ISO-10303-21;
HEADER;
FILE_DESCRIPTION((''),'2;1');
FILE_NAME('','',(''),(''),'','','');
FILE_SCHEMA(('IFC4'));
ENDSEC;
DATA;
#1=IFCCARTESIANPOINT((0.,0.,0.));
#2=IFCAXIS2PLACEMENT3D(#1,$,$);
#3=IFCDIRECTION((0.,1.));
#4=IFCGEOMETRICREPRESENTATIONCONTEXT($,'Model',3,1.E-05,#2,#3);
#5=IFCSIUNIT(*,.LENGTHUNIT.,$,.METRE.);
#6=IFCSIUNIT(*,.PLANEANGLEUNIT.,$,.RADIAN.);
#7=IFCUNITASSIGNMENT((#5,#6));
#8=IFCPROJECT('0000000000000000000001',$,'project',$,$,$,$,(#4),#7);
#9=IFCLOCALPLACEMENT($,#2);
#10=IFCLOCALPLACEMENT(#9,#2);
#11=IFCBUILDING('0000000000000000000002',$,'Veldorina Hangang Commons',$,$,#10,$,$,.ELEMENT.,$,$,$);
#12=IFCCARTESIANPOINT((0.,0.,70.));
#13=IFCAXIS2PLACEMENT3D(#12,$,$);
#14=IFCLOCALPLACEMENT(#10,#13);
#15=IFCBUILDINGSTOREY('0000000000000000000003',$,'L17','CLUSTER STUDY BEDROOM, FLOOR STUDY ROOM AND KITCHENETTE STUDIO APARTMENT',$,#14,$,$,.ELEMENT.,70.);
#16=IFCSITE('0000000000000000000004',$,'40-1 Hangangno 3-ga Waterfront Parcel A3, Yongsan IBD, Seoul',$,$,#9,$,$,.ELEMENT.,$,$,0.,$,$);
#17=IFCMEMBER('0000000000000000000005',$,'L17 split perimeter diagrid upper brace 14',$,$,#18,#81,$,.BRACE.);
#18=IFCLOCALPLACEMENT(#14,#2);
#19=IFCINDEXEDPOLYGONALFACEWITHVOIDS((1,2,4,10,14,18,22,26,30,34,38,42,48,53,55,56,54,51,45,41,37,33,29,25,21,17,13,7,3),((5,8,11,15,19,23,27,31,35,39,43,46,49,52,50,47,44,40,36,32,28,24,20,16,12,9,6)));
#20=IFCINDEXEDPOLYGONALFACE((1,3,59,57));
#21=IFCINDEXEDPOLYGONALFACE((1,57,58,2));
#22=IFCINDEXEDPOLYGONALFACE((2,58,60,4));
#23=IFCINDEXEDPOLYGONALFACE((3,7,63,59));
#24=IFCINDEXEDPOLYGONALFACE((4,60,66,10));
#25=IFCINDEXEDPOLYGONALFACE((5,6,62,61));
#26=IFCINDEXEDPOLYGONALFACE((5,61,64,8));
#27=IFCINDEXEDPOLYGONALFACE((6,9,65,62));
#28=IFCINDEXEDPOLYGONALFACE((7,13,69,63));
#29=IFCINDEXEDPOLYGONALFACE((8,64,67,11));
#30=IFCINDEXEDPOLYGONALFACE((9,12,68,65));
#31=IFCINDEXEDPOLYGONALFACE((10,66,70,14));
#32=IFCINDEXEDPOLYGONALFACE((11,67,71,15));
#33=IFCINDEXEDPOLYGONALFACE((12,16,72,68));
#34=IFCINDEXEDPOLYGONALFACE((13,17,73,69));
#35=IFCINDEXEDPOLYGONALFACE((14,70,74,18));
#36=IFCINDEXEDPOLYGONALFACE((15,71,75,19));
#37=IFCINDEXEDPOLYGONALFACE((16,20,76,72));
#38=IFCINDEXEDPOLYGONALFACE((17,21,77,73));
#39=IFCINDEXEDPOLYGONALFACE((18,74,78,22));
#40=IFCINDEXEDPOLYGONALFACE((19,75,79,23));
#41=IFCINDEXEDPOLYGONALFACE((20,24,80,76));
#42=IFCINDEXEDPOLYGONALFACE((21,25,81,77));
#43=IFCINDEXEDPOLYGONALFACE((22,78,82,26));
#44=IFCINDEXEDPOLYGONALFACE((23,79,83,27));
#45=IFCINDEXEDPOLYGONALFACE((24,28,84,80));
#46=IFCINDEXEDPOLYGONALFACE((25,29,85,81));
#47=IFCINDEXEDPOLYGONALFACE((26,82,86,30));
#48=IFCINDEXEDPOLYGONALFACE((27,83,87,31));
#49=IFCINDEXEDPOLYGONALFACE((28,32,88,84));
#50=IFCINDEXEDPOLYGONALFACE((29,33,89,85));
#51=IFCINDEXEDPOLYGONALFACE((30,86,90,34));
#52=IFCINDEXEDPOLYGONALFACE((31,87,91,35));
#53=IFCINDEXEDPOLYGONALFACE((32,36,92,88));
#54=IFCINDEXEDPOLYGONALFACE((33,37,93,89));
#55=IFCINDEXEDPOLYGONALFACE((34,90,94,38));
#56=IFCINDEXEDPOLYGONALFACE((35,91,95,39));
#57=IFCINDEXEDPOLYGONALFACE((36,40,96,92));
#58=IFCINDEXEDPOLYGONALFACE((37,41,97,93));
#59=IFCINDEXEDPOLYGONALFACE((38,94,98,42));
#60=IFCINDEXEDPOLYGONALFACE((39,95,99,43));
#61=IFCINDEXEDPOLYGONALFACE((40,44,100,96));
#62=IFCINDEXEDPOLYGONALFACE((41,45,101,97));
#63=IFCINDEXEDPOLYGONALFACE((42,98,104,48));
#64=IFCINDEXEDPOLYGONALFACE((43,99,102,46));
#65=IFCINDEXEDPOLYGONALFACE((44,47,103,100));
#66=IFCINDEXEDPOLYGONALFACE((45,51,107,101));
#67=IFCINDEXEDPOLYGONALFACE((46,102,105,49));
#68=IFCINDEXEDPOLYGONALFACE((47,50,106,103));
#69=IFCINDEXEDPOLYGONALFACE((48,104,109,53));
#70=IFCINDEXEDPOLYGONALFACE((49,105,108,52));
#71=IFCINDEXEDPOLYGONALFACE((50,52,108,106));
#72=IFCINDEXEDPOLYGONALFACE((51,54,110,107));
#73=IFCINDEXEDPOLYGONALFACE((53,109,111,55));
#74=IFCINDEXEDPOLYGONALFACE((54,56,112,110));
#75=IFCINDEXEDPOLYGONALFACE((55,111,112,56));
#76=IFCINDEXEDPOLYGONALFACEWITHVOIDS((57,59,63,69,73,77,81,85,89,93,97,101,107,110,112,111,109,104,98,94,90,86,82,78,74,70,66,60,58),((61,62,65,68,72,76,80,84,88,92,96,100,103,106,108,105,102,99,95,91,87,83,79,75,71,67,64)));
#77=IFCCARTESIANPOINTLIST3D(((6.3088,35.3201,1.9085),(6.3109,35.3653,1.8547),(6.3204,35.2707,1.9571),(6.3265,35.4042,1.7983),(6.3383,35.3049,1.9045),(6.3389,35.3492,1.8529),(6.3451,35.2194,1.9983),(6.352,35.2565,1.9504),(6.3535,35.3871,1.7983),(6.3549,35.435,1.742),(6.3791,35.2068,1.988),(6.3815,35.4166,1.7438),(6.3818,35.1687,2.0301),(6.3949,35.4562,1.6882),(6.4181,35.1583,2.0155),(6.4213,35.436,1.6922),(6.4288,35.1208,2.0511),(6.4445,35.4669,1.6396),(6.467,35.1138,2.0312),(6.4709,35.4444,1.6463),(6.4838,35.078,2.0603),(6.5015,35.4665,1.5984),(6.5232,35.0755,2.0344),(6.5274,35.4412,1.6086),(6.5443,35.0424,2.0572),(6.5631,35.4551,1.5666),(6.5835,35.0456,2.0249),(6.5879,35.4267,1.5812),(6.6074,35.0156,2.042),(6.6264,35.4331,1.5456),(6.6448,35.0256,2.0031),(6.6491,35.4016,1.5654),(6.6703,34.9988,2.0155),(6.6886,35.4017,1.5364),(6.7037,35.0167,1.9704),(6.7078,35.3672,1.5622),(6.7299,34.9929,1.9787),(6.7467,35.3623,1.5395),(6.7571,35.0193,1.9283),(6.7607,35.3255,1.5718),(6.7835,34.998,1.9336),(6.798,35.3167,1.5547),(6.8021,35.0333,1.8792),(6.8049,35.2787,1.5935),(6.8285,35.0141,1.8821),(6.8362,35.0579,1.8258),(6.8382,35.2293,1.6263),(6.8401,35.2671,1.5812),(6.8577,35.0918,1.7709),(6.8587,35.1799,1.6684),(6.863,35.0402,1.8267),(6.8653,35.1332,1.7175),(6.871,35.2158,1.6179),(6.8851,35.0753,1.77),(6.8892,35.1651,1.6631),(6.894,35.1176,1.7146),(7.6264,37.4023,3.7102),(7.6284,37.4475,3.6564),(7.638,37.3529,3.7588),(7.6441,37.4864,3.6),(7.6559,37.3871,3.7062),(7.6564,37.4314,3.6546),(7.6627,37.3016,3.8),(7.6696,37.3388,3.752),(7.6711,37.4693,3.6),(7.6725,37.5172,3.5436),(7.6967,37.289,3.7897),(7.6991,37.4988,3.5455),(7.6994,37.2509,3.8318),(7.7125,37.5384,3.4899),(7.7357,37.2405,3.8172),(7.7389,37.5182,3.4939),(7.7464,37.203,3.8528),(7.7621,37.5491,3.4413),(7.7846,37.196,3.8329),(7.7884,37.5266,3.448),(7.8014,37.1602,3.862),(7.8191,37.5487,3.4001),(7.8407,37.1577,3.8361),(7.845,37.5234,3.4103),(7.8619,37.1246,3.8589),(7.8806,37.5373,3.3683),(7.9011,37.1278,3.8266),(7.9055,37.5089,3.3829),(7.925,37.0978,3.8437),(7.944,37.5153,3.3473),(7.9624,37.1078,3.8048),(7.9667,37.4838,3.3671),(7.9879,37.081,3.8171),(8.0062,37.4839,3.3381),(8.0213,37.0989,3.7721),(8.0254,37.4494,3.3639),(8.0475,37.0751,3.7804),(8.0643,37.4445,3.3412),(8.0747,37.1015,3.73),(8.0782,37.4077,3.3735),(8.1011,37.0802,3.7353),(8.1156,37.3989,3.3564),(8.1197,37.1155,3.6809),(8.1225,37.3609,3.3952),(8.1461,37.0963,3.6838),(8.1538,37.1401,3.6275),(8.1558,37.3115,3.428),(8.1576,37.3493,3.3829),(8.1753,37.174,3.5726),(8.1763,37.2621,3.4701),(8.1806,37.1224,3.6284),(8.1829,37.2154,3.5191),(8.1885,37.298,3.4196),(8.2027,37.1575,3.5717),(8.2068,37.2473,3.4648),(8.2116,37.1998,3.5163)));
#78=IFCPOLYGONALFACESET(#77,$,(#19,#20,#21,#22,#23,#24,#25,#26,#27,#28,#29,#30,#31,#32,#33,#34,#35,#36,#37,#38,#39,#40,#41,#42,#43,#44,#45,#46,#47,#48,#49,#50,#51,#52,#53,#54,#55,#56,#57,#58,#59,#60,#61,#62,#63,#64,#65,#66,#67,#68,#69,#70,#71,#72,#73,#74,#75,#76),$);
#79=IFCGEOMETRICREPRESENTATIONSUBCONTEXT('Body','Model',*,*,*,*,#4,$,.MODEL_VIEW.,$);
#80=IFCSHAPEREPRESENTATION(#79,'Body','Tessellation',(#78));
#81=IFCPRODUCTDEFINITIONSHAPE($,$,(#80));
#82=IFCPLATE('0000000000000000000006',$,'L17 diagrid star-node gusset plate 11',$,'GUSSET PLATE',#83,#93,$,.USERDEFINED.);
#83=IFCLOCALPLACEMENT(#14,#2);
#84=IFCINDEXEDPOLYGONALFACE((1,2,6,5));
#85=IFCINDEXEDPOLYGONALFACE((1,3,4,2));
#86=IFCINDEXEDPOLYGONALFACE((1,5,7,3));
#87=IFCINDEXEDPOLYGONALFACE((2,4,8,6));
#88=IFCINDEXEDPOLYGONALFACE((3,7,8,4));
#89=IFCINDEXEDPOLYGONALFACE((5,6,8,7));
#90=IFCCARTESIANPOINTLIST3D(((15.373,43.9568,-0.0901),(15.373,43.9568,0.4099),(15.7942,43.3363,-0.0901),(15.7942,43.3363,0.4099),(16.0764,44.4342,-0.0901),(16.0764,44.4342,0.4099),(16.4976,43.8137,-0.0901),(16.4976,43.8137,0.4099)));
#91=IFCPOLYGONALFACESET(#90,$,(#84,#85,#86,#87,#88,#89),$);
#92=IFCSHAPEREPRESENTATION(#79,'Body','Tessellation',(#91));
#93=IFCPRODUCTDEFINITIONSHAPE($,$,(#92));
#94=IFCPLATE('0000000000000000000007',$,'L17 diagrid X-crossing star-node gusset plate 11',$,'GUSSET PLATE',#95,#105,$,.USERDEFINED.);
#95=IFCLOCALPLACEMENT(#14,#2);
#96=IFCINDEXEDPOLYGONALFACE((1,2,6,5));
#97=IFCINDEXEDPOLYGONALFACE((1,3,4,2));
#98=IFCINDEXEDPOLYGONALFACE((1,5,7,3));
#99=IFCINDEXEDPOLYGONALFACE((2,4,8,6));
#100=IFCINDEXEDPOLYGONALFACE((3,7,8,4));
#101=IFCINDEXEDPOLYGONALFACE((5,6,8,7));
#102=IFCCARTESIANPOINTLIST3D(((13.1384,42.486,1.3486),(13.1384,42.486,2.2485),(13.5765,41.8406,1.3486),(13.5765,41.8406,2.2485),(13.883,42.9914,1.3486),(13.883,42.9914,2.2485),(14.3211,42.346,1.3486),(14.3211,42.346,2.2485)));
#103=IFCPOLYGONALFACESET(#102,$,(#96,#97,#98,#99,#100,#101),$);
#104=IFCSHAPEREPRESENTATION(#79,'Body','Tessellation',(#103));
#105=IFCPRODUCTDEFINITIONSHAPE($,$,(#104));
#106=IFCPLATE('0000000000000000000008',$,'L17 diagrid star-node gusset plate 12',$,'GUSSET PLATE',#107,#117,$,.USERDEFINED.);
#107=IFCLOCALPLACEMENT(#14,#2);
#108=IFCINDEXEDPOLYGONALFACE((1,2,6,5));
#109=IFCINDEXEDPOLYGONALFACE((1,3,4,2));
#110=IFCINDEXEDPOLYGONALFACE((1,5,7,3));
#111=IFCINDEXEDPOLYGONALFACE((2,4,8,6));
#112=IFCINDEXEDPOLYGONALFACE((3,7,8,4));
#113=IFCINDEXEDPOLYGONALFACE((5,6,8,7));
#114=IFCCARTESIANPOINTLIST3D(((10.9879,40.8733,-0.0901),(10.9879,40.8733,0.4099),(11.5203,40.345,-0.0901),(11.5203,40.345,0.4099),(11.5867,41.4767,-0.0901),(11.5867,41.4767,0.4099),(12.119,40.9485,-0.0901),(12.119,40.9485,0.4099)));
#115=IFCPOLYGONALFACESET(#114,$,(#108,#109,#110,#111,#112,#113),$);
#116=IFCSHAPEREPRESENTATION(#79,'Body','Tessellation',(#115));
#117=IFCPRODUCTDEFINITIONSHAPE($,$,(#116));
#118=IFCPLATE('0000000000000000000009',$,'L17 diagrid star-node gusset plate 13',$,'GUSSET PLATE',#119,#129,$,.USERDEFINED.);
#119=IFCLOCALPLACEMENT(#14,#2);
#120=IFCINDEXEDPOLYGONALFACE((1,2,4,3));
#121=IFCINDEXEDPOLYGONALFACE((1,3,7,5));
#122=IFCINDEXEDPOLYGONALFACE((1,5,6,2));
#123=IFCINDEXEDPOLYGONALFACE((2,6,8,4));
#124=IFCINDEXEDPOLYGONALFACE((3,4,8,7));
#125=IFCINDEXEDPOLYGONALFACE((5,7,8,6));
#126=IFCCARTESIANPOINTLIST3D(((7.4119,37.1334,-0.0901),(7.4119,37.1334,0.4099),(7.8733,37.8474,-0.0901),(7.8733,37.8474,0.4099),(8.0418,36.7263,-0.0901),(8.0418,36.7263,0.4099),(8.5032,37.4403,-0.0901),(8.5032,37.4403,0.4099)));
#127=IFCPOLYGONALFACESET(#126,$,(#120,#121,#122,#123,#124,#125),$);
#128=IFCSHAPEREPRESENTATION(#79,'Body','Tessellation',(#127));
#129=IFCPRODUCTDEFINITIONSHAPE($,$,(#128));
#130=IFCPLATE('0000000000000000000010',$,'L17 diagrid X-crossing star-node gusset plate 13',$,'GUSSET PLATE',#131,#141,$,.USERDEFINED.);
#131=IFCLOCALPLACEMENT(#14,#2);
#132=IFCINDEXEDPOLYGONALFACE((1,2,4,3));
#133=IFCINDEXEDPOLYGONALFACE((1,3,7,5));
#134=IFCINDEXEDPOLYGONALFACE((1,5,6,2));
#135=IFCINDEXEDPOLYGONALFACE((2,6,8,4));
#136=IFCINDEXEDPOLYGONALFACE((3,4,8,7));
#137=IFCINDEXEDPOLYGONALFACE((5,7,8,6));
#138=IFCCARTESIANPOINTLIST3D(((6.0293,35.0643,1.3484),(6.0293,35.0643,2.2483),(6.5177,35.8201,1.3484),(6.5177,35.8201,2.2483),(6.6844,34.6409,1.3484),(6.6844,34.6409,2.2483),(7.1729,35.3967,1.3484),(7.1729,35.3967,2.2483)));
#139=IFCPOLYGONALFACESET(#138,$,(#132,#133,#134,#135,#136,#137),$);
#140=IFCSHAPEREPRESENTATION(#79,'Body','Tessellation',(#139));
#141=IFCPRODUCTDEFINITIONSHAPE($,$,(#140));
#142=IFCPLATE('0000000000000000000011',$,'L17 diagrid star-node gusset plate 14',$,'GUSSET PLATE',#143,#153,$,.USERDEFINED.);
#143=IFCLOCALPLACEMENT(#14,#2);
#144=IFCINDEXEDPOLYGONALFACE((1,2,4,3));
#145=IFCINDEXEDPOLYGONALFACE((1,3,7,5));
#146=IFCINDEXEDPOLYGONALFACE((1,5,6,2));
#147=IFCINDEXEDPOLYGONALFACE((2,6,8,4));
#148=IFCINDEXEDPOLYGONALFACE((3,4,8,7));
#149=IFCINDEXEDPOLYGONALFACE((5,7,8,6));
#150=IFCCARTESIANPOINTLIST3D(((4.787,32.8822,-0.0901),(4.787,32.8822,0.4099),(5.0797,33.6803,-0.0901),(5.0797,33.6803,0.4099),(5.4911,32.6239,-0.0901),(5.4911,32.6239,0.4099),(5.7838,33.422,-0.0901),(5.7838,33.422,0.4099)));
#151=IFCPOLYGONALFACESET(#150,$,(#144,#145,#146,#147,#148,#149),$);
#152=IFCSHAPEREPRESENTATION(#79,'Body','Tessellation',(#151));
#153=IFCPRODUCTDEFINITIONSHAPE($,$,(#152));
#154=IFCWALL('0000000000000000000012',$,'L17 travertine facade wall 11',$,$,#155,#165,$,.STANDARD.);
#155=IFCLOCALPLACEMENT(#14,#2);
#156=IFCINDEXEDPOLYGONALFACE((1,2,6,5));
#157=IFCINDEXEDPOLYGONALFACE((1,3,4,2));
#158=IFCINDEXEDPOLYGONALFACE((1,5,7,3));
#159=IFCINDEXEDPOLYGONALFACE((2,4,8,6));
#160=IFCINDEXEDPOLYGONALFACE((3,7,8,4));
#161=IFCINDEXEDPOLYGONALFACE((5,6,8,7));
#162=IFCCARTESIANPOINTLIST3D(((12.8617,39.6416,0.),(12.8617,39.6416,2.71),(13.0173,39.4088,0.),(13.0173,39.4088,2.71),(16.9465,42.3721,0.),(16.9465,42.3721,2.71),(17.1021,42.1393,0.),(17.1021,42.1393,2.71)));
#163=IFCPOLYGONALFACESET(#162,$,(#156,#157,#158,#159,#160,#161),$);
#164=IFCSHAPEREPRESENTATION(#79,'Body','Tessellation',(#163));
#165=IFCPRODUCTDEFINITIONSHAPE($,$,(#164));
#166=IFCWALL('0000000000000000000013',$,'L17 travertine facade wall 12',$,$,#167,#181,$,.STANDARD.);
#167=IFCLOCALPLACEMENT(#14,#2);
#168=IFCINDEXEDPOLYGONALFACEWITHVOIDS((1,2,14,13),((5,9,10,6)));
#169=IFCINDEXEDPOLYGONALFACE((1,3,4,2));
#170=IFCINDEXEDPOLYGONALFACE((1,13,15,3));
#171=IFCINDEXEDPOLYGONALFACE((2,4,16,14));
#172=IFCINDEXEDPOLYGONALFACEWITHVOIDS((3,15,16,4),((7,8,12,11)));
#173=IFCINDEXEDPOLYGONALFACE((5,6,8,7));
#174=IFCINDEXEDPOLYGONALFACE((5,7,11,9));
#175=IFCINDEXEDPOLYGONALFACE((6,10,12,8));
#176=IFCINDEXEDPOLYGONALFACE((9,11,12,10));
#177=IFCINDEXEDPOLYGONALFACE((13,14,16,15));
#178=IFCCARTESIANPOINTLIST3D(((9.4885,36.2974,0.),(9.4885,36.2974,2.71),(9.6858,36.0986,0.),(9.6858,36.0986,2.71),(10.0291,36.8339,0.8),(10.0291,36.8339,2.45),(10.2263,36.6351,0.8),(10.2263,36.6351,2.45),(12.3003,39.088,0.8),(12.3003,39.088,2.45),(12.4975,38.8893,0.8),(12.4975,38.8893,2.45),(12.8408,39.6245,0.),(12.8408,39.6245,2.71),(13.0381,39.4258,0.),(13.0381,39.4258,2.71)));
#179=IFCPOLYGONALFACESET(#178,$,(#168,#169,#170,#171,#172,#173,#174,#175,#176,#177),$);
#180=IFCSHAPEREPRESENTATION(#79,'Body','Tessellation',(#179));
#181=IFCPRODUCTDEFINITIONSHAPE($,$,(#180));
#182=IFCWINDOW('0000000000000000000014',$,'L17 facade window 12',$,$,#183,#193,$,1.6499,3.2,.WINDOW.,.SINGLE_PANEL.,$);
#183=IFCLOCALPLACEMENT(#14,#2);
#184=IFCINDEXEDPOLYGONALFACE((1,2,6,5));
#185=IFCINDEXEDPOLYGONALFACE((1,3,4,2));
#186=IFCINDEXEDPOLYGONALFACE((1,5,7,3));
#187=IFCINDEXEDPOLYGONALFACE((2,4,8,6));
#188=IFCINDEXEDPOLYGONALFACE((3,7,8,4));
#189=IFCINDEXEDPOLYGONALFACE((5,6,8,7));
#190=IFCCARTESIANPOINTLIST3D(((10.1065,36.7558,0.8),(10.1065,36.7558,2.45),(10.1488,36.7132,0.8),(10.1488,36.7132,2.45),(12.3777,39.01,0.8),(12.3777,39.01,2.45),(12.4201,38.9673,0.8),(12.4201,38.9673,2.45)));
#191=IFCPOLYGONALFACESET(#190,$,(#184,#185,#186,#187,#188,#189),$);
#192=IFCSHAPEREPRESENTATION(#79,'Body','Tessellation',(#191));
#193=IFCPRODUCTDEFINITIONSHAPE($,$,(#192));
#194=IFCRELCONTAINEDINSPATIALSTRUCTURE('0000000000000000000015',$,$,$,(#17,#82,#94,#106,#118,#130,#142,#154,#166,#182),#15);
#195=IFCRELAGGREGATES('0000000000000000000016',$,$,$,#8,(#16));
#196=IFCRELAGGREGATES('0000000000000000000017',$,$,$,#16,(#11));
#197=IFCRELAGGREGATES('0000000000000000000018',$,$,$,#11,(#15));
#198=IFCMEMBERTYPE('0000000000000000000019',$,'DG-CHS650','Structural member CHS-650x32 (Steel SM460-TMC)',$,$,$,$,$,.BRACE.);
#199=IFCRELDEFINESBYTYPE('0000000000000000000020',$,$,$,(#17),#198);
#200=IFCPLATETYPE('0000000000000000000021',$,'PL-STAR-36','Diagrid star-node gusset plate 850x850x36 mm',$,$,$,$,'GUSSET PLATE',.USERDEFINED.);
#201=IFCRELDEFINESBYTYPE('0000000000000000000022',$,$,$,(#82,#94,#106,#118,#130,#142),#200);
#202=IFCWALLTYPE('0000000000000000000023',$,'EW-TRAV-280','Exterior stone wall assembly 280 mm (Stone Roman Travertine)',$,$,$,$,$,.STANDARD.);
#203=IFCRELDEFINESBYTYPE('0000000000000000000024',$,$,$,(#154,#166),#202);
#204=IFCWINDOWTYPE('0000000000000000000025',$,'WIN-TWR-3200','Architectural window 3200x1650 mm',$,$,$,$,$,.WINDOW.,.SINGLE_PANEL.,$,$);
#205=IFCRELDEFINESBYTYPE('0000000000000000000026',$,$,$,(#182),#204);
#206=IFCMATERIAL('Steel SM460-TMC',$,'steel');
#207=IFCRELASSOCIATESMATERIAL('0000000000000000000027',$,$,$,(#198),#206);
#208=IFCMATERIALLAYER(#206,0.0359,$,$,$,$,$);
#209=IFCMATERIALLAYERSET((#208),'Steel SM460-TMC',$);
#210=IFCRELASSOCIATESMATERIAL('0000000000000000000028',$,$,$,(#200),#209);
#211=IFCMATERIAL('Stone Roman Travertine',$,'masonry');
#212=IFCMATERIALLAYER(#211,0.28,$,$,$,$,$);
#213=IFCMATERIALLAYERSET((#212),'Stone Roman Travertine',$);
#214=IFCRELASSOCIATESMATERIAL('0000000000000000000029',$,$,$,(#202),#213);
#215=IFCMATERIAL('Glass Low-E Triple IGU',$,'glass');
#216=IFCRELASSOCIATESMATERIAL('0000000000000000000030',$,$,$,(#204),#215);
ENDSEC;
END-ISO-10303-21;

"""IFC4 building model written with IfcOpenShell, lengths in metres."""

from ifc_helpers import new_model, si_unit, direction, frame, frame_2d, origin, origin_2d, place, context, subcontext, project, spatial, rectangle, hollow_circle, extrude, material, layer, layer_set, material_profile, profile_set, type_object, element, fill, save


model = new_model("IFC4")

# Units and contexts
model_context = context("Model", 3, precision=1e-05, world=origin(), true_north=direction((0.0, 1.0)))
body_context = subcontext(model_context, "Body", "Model", "MODEL_VIEW")
ifc_project = project(units=[si_unit("LENGTHUNIT", "METRE"), si_unit("PLANEANGLEUNIT", "RADIAN")], contexts=[model_context])

# Site, building, storey
site_placement = place(None, origin())
site = spatial("IfcSite", under=ifc_project, at=site_placement, Name="40-1 Hangangno 3-ga Waterfront Parcel A3, Yongsan IBD, Seoul", CompositionType="ELEMENT", RefElevation=0.0)
building_placement = place(site_placement, origin())
building = spatial("IfcBuilding", under=site, at=building_placement, Name="Veldorina Hangang Commons", CompositionType="ELEMENT")
storey_placement = place(building_placement, frame((0.0, 0.0, 70.0)))
storey = spatial("IfcBuildingStorey", under=building, at=storey_placement, Name="L17", Description="CLUSTER STUDY BEDROOM, FLOOR STUDY ROOM AND KITCHENETTE STUDIO APARTMENT", CompositionType="ELEMENT", Elevation=70.0)

# Member
ifc_material_1 = material(Name="Steel SM460-TMC", Category="steel")
ifc_material_profile_1 = material_profile(ifc_material_1, hollow_circle(Radius=0.325, WallThickness=0.032, at=origin_2d()), Name="CHS-650x32")
ifc_profile_set_1 = profile_set([ifc_material_profile_1], Name="Steel SM460-TMC")
member_type = type_object("IfcMemberType", Name="DG-CHS650", Description="Structural member CHS-650x32 (Steel SM460-TMC)", PredefinedType="BRACE", material=ifc_profile_set_1)
member_1_placement = place(storey_placement, frame((6.6011, 35.2305, 1.7983), z_axis=(0.431641, 0.682133, 0.590238), x_axis=(-0.84503, 0.53472, 0.0)))
element("IfcMember", 1, at=member_1_placement, inside=storey, type_object=member_type, Name="L17 split perimeter diagrid upper brace 14", PredefinedType="BRACE", context=body_context, shape_type="SweptSolid", body=[
    extrude(hollow_circle(Radius=0.325, WallThickness=0.032, at=origin_2d()), origin(), (0.0, 0.0, 1.0), 3.0525),
])

# Plates
ifc_layer_1 = layer(ifc_material_1, 0.0359)
ifc_layer_set_1 = layer_set([ifc_layer_1], Name="Steel SM460-TMC")
plate_type = type_object("IfcPlateType", Name="PL-STAR-36", Description="Diagrid star-node gusset plate 850x850x36 mm", ElementType="GUSSET PLATE", PredefinedType="USERDEFINED", material=ifc_layer_set_1)
plate_1_placement = place(storey_placement, frame((15.9353, 43.8853, -0.0901), z_axis=(0.0, 0.0, 1.0), x_axis=(-0.827394, -0.561621, 0.0)))
element("IfcPlate", 2, at=plate_1_placement, inside=storey, type_object=plate_type, Name="L17 diagrid star-node gusset plate 11", ObjectType="GUSSET PLATE", PredefinedType="USERDEFINED", context=body_context, shape_type="SweptSolid", body=[
    extrude(rectangle(XDim=0.8501, YDim=0.75, at=origin_2d()), origin(), (0.0, 0.0, 1.0), 0.5),
])
plate_2_placement = place(storey_placement, frame((13.7297, 42.416, 1.3486), z_axis=(0.0, 0.0, 1.0), x_axis=(-0.827394, -0.561621, 0.0)))
element("IfcPlate", 3, at=plate_2_placement, inside=storey, type_object=plate_type, Name="L17 diagrid X-crossing star-node gusset plate 11", ObjectType="GUSSET PLATE", PredefinedType="USERDEFINED", context=body_context, shape_type="SweptSolid", body=[
    extrude(rectangle(XDim=0.8999, YDim=0.78, at=origin_2d()), origin(), (0.0, 0.0, 1.0), 0.8999),
])
for number, where, z_axis, x_axis, name in (
    (4, (11.5535, 40.9109, -0.0901), (0.0, 0.0, 1.0), (-0.704349, -0.709854, 0.0), "L17 diagrid star-node gusset plate 12"),
    (5, (7.9575, 37.2869, -0.0901), (0.0, 0.0, 1.0), (-0.542779, -0.839876, 0.0), "L17 diagrid star-node gusset plate 13"),
):
    element("IfcPlate", number, at=place(storey_placement, frame(where, z_axis=z_axis, x_axis=x_axis)), inside=storey, type_object=plate_type, Name=name, ObjectType="GUSSET PLATE", PredefinedType="USERDEFINED", context=body_context, shape_type="SweptSolid", body=[
        extrude(rectangle(XDim=0.8501, YDim=0.75, at=origin_2d()), origin(), (0.0, 0.0, 1.0), 0.5),
    ])
plate_3_placement = place(storey_placement, frame((6.6011, 35.2305, 1.3484), z_axis=(0.0, 0.0, 1.0), x_axis=(-0.542779, -0.839876, 0.0)))
element("IfcPlate", 6, at=plate_3_placement, inside=storey, type_object=plate_type, Name="L17 diagrid X-crossing star-node gusset plate 13", ObjectType="GUSSET PLATE", PredefinedType="USERDEFINED", context=body_context, shape_type="SweptSolid", body=[
    extrude(rectangle(XDim=0.8999, YDim=0.78, at=origin_2d()), origin(), (0.0, 0.0, 1.0), 0.8999),
])
plate_4_placement = place(storey_placement, frame((5.2854, 33.1521, -0.0901), z_axis=(0.0, 0.0, 1.0), x_axis=(-0.344332, -0.938848, 0.0)))
element("IfcPlate", 7, at=plate_4_placement, inside=storey, type_object=plate_type, Name="L17 diagrid star-node gusset plate 14", ObjectType="GUSSET PLATE", PredefinedType="USERDEFINED", context=body_context, shape_type="SweptSolid", body=[
    extrude(rectangle(XDim=0.8501, YDim=0.75, at=origin_2d()), origin(), (0.0, 0.0, 1.0), 0.5),
])

# Wall
ifc_material_2 = material(Name="Stone Roman Travertine", Category="masonry")
ifc_layer_2 = layer(ifc_material_2, 0.28)
ifc_layer_set_2 = layer_set([ifc_layer_2], Name="Stone Roman Travertine")
wall_type_1 = type_object("IfcWallType", Name="EW-TRAV-280", Description="Exterior stone wall assembly 280 mm (Stone Roman Travertine)", PredefinedType="STANDARD", material=ifc_layer_set_2)
wall_1_placement = place(storey_placement, frame((17.0242, 42.2556, 0.0), z_axis=(0.0, 0.0, 1.0), x_axis=(-0.831362, -0.555732, 0.0)))
element("IfcWall", 8, at=wall_1_placement, inside=storey, type_object=wall_type_1, Name="L17 travertine facade wall 11", PredefinedType="STANDARD", context=body_context, shape_type="SweptSolid", body=[
    extrude(rectangle(XDim=4.9133, YDim=0.28, at=frame_2d((2.4565, 0.0))), origin(), (0.0, 0.0, 1.0), 2.71),
])

# Wall, opening, window
wall_2_placement = place(storey_placement, frame((12.9395, 39.5251, 0.0), z_axis=(0.0, 0.0, 1.0), x_axis=(-0.709764, -0.70444, 0.0)))
wall_2 = element("IfcWall", 9, at=wall_2_placement, inside=storey, type_object=wall_type_1, Name="L17 travertine facade wall 12", PredefinedType="STANDARD", context=body_context, shape_type="SweptSolid", body=[
    extrude(rectangle(XDim=4.7231, YDim=0.28, at=frame_2d((2.3616, 0.0))), origin(), (0.0, 0.0, 1.0), 2.71),
])
opening_placement = place(wall_2_placement, frame((0.7615, 0.0, 0.8)))
opening = element("IfcOpeningElement", 10, at=opening_placement, cuts=wall_2, PredefinedType="OPENING", context=body_context, shape_type="SweptSolid", body=[
    extrude(rectangle(XDim=3.2, YDim=1.6499, at=frame_2d((1.6001, 0.825))), frame((0.0, 0.1499, 0.0), z_axis=(0.0, -1.0, 0.0), x_axis=(1.0, 0.0, 0.0)), (0.0, 0.0, 1.0), 0.3),
])
ifc_material_3 = material(Name="Glass Low-E Triple IGU", Category="glass")
window_type = type_object("IfcWindowType", Name="WIN-TWR-3200", Description="Architectural window 3200x1650 mm", PartitioningType="SINGLE_PANEL", PredefinedType="WINDOW", material=ifc_material_3)
window_placement = place(opening_placement, origin())
window = element("IfcWindow", 11, at=window_placement, inside=storey, type_object=window_type, Name="L17 facade window 12", OverallHeight=1.6499, OverallWidth=3.2, PartitioningType="SINGLE_PANEL", PredefinedType="WINDOW", context=body_context, shape_type="SweptSolid", body=[
    extrude(rectangle(XDim=3.2, YDim=1.6499, at=frame_2d((1.6001, 0.825))), frame((0.0, 0.03, 0.0), z_axis=(0.0, -1.0, 0.0), x_axis=(1.0, 0.0, 0.0)), (0.0, 0.0, 1.0), 0.0601),
])
fill(opening, window)

save(model, "model.ifc")
